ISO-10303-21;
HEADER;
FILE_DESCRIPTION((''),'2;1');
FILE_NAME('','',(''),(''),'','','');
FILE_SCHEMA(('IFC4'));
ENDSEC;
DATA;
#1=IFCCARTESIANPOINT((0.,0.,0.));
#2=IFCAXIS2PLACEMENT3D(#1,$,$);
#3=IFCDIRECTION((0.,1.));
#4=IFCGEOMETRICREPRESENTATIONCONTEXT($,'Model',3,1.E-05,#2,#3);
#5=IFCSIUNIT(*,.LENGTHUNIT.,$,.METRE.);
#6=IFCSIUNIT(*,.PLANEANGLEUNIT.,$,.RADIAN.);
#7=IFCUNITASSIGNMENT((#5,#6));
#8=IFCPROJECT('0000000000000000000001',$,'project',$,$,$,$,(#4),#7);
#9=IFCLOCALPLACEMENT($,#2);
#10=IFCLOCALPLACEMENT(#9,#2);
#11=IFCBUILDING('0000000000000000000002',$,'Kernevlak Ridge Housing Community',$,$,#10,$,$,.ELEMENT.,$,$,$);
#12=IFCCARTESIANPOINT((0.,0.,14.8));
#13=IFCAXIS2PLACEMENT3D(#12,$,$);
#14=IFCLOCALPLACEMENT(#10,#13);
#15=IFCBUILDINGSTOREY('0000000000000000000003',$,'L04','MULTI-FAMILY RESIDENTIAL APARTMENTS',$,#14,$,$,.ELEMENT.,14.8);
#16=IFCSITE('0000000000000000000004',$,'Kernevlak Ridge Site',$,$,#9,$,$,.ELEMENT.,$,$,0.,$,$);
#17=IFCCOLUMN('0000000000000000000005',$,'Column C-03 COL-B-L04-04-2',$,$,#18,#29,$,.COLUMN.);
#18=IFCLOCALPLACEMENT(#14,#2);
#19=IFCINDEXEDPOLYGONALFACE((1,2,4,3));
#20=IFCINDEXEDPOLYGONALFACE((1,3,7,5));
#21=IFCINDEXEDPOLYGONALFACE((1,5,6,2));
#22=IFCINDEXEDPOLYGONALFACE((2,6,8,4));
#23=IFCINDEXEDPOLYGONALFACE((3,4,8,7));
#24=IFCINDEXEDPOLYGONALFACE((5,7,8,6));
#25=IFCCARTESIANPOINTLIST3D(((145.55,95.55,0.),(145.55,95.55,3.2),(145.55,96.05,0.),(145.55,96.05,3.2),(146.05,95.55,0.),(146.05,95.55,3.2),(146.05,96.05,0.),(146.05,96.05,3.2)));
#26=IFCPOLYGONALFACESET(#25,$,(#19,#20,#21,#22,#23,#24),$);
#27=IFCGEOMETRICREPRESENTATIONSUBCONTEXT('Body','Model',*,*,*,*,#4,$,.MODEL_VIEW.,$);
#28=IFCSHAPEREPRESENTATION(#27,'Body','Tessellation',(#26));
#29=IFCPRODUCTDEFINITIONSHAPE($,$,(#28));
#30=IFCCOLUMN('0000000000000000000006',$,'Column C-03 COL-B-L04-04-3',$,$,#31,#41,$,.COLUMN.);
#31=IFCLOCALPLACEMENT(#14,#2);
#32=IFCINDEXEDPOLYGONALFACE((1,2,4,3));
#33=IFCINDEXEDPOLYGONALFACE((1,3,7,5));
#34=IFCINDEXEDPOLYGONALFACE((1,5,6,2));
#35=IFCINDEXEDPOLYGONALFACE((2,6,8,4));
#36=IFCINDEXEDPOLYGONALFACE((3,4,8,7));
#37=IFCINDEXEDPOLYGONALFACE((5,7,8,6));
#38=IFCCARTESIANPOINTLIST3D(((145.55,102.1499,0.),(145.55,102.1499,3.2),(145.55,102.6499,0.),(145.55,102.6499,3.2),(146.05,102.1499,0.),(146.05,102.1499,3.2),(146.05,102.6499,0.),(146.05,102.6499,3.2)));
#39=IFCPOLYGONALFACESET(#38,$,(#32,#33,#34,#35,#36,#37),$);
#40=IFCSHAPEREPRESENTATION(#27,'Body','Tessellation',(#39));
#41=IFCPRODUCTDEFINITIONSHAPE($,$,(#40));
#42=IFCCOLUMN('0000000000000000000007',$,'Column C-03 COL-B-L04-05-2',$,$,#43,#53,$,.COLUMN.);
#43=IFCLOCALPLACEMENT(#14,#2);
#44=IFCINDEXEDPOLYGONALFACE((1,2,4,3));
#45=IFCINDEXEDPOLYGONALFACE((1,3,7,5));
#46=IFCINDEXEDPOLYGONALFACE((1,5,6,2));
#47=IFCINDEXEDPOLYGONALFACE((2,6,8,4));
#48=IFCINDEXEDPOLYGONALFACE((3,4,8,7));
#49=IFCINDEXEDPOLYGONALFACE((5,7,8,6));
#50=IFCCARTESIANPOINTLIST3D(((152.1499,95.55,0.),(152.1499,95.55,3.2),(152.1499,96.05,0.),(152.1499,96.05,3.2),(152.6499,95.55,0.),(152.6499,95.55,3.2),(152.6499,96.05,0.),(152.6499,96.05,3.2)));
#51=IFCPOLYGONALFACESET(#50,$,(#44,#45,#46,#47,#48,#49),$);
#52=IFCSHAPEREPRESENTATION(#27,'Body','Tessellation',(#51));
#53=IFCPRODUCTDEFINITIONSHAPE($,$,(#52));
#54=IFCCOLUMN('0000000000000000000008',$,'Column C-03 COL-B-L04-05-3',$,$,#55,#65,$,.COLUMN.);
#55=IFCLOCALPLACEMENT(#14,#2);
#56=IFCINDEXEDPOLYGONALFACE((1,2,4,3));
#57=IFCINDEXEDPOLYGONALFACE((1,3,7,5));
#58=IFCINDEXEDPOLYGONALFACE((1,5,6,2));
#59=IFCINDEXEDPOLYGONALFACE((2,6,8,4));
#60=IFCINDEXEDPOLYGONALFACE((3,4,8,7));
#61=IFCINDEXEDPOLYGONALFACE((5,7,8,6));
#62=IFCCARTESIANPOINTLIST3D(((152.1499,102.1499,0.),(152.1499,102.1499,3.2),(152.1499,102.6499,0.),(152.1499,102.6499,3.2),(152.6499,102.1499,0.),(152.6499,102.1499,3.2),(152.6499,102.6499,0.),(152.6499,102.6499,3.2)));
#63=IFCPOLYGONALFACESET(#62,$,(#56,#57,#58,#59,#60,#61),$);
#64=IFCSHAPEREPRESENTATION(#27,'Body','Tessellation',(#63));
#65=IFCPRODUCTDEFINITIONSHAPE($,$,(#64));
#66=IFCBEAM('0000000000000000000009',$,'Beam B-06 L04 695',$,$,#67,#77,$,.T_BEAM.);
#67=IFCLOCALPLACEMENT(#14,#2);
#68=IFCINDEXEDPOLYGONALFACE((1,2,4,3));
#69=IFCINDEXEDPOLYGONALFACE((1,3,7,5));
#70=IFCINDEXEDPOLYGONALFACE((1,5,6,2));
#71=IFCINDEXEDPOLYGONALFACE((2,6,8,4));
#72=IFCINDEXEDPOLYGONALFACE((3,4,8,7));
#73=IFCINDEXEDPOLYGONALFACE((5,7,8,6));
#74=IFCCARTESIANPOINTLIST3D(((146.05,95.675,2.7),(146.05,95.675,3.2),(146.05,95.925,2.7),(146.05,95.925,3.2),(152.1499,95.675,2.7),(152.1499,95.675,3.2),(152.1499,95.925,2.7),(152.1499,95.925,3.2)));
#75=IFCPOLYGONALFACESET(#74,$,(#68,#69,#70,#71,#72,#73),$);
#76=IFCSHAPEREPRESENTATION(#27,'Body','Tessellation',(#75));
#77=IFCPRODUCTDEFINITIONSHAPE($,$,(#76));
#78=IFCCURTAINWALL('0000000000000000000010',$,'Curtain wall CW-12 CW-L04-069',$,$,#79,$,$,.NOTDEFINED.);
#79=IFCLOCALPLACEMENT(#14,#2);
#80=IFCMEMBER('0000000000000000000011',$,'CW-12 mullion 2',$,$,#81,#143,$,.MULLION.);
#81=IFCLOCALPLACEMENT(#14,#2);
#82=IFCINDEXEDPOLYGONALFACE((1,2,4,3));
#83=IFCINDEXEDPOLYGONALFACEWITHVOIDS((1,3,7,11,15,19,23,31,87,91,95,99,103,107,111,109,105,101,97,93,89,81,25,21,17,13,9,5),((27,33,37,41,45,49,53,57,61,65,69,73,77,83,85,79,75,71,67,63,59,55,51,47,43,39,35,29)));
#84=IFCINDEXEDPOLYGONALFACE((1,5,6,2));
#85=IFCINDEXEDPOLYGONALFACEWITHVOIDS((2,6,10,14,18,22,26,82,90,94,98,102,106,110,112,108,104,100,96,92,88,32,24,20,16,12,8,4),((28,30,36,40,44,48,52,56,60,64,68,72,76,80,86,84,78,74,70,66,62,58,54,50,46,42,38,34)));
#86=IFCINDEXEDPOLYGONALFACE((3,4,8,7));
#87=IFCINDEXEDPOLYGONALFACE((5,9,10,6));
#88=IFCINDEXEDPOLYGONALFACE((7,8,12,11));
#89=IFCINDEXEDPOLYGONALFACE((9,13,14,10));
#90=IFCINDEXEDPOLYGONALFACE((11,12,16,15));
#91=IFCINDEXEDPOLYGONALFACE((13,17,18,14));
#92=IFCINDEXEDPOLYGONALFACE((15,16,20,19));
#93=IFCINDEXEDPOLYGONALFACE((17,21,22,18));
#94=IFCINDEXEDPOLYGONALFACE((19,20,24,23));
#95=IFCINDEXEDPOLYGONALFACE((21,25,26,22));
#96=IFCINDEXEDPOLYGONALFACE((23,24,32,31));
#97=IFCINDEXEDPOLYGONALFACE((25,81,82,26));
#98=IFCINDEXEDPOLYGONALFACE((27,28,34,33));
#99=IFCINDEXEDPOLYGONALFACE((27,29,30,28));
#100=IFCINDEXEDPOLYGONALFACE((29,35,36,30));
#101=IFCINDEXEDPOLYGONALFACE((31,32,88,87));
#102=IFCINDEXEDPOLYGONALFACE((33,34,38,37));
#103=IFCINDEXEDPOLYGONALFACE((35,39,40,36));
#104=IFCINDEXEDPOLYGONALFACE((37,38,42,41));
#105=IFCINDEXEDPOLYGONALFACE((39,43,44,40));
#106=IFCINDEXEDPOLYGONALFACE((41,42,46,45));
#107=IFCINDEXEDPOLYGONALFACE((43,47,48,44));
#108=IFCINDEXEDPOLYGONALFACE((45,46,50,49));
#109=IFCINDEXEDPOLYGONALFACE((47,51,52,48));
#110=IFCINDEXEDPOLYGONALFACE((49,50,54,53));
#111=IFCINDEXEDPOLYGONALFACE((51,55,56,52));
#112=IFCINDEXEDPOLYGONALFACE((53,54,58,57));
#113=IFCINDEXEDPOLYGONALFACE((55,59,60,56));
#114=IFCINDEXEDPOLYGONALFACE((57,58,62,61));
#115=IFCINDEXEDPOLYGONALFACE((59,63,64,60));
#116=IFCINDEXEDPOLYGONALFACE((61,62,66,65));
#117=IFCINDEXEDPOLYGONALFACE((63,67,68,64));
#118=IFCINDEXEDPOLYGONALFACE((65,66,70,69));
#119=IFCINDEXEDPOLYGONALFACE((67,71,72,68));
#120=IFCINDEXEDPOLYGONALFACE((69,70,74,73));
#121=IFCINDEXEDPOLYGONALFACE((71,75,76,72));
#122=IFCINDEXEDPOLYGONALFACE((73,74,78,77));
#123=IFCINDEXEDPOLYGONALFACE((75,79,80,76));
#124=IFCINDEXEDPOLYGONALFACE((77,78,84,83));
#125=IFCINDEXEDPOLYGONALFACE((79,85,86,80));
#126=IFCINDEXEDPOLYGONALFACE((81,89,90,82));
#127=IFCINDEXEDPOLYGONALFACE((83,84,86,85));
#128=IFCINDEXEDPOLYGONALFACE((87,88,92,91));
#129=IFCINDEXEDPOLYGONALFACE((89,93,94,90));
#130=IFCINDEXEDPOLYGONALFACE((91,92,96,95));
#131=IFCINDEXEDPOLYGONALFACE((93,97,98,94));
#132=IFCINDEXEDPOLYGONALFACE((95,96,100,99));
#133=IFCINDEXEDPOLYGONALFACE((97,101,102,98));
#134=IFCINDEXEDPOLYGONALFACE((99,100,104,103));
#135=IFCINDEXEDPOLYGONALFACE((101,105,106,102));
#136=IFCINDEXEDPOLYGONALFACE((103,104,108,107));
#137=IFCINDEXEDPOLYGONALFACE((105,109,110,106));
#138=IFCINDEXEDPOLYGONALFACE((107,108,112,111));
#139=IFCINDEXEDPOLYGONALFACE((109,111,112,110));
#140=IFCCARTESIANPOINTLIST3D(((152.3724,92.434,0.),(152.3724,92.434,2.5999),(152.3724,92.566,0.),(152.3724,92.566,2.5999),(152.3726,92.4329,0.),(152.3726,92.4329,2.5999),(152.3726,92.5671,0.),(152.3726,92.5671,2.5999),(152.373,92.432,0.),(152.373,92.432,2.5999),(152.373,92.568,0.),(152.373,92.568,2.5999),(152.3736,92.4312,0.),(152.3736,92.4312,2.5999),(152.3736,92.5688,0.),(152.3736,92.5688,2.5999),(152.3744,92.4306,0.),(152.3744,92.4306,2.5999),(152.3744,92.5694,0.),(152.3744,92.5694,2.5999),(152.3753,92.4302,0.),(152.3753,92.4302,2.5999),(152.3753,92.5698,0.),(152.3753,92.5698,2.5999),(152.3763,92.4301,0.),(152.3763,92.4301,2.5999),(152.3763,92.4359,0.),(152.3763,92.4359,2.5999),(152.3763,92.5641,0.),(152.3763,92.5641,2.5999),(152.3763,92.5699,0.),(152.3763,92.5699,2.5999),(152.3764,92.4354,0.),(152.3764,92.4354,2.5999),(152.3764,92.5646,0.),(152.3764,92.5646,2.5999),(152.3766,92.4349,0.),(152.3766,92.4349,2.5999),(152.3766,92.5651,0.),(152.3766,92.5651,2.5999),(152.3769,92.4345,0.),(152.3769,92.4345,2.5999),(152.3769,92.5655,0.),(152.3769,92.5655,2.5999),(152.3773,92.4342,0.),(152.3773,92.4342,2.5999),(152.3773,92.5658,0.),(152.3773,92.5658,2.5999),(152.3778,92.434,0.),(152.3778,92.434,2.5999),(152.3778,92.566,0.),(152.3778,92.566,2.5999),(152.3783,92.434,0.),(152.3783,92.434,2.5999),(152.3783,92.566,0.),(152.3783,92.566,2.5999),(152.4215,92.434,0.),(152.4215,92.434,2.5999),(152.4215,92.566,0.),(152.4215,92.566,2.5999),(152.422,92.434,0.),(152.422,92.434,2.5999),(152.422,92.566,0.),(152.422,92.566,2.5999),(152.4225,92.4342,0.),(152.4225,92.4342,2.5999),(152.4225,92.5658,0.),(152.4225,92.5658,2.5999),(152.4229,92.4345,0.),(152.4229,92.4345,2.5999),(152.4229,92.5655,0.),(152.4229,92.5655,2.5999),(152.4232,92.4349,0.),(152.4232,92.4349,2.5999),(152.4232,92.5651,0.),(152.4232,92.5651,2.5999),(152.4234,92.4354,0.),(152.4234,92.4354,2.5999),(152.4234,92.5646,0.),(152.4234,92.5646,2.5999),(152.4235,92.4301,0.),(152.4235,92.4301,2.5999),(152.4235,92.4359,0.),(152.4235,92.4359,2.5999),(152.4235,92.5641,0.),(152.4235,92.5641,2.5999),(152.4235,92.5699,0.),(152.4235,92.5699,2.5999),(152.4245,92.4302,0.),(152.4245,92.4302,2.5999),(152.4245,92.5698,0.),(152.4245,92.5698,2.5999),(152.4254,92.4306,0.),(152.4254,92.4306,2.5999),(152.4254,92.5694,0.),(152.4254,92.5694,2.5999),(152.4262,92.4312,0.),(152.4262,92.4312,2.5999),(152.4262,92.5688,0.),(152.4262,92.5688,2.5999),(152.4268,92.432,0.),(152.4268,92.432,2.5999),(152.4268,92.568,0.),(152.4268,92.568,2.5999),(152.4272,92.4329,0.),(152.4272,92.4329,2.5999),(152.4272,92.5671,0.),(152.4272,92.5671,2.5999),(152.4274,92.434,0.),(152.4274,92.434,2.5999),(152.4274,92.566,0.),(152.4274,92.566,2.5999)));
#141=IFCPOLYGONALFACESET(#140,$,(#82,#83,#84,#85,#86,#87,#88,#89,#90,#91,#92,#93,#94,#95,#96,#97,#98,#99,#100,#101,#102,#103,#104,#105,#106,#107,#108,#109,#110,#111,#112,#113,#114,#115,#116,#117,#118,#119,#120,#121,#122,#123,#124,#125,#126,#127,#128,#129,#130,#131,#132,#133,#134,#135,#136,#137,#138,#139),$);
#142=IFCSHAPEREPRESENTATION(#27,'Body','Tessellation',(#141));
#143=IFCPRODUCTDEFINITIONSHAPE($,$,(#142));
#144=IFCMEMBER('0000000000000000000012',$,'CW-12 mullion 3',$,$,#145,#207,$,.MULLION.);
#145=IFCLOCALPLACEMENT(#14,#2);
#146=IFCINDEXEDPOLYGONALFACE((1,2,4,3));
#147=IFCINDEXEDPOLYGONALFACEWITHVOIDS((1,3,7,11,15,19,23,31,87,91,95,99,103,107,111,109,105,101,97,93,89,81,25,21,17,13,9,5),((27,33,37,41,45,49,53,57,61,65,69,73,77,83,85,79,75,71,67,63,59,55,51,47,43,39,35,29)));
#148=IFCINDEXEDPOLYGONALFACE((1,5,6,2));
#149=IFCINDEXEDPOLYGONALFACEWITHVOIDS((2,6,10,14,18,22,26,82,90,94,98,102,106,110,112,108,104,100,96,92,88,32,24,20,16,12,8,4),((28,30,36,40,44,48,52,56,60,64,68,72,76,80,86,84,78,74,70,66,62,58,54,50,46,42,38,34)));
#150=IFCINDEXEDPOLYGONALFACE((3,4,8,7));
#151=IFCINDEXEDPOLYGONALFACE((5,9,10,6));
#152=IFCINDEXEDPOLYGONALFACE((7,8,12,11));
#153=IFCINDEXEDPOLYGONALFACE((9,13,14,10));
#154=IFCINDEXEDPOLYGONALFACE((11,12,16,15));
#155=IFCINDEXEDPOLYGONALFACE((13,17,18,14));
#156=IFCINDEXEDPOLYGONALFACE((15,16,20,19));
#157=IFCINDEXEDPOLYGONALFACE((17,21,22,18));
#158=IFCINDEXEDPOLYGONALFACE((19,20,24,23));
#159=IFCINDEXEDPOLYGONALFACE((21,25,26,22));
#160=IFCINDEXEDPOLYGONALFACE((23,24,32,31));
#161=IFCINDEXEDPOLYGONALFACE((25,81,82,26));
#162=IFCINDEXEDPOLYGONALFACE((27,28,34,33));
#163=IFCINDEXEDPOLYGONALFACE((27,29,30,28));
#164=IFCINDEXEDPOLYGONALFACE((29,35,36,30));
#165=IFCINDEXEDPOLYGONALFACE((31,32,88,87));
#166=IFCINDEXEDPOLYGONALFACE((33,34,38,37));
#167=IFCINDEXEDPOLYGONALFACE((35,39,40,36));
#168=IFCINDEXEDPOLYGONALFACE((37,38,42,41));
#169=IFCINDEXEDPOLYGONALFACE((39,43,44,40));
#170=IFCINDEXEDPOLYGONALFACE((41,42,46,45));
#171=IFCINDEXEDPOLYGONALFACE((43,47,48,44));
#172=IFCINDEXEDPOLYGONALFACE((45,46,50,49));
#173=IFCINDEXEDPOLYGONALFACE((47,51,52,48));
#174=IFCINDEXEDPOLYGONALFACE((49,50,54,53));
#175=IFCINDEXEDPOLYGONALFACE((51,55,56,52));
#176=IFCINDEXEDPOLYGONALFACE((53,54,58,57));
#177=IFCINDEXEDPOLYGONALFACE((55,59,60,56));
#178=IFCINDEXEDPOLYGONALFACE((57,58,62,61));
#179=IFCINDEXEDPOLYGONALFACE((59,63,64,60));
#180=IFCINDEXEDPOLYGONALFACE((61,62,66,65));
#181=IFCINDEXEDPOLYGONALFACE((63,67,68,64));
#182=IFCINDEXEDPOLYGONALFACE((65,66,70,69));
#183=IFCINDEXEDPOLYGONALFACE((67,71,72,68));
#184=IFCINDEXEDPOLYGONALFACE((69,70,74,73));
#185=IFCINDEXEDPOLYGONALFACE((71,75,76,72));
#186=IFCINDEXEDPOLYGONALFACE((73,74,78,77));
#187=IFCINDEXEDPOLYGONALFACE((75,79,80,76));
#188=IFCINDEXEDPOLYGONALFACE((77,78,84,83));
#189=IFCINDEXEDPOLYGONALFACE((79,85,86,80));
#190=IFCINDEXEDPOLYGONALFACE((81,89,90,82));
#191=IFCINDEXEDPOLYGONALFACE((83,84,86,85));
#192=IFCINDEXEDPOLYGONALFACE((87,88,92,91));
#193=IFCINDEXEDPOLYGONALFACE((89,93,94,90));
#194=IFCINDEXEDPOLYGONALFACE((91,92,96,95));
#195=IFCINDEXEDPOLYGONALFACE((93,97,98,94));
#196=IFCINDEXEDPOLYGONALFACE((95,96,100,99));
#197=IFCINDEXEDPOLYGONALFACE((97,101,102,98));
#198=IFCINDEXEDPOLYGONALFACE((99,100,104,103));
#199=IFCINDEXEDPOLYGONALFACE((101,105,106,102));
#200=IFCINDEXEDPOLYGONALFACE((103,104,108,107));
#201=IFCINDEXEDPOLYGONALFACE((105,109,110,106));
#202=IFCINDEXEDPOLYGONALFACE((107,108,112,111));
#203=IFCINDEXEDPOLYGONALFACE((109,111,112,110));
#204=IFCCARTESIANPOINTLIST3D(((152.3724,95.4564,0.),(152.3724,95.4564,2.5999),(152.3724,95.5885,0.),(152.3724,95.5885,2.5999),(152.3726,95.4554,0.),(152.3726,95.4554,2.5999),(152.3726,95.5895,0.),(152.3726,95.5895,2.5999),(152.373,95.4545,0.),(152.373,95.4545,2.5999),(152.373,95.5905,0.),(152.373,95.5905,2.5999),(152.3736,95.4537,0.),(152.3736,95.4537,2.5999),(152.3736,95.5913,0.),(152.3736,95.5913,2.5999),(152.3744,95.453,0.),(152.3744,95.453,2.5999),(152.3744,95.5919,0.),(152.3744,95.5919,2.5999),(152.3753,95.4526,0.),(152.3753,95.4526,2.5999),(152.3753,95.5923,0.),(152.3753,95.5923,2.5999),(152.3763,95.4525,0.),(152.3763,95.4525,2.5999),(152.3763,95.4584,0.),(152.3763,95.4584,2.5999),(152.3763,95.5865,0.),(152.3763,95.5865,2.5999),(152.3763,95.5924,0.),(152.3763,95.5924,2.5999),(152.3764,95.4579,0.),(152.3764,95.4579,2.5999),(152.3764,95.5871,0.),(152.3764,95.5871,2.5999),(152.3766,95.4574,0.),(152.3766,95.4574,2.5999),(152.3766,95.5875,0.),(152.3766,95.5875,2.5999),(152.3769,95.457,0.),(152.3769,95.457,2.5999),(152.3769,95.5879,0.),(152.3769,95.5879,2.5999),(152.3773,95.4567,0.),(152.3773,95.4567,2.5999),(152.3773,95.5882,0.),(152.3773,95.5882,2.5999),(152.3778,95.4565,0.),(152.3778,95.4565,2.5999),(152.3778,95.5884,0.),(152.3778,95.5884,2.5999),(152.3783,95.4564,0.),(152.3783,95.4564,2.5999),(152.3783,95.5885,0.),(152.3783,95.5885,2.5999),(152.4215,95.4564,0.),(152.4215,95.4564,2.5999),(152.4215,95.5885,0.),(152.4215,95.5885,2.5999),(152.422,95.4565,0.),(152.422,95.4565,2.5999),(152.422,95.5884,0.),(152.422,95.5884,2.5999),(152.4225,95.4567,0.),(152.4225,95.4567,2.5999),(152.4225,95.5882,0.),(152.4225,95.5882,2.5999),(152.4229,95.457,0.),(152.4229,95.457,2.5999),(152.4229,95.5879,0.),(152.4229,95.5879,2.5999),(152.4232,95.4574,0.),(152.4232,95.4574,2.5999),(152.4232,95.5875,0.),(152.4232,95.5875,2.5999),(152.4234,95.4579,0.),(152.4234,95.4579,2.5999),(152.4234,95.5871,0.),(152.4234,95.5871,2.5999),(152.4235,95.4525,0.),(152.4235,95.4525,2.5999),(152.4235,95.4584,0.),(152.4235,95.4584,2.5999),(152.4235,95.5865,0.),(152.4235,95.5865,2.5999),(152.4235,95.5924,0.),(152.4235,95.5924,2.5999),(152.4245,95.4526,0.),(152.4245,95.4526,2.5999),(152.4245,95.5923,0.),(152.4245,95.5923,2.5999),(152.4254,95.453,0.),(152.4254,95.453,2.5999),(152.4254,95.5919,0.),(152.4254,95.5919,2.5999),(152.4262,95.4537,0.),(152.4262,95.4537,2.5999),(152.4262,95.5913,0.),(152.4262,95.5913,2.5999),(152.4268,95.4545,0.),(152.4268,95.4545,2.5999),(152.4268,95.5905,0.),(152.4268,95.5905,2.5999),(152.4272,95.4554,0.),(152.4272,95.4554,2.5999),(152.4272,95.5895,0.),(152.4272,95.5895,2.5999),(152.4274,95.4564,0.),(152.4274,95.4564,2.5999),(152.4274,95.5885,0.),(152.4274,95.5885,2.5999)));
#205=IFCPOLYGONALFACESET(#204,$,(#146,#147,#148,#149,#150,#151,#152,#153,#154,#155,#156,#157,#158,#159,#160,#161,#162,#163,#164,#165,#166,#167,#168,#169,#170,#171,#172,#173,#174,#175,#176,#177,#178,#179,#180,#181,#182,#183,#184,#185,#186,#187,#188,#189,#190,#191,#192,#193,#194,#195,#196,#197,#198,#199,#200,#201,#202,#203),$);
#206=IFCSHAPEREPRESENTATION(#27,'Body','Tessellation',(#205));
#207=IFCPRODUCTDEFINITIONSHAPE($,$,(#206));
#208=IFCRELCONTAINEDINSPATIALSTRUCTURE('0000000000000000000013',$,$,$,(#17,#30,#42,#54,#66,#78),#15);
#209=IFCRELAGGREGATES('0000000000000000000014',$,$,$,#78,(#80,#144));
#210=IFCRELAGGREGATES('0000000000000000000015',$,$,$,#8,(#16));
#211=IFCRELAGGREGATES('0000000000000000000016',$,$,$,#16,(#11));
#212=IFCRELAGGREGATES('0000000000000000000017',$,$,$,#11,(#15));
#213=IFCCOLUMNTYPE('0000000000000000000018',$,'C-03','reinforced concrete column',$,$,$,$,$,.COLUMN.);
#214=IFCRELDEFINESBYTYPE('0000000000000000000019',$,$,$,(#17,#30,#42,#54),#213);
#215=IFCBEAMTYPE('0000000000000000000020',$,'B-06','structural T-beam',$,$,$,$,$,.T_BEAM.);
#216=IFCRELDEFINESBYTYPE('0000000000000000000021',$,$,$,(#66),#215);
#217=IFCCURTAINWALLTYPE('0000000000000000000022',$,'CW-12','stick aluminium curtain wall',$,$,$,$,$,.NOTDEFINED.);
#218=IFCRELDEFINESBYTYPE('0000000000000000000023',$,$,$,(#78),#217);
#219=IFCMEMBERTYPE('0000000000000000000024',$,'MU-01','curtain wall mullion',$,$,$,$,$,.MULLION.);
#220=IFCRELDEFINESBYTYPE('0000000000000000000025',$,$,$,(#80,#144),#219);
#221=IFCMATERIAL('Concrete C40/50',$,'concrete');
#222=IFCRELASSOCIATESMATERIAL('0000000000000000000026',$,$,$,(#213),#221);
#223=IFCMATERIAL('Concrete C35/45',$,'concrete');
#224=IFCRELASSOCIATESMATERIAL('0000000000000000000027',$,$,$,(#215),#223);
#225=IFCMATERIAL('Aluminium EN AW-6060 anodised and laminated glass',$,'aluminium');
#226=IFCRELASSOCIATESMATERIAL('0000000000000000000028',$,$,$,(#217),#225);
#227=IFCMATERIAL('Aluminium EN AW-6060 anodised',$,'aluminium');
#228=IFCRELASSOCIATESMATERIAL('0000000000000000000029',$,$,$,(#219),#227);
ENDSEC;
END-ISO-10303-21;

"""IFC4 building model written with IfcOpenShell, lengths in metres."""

from ifc_helpers import new_model, si_unit, direction, frame, origin, origin_2d, place, context, subcontext, project, spatial, rectangle, hollow_rectangle, extrude, material, material_profile, profile_set, type_object, element, aggregate, save


model = new_model("IFC4")

# Units and contexts
model_context = context("Model", 3, precision=1e-05, world=origin(), true_north=direction((0.0, 1.0)))
body_context = subcontext(model_context, "Body", "Model", "MODEL_VIEW")
ifc_project = project(units=[si_unit("LENGTHUNIT", "METRE"), si_unit("PLANEANGLEUNIT", "RADIAN")], contexts=[model_context])

# Site, building, storey
site_placement = place(None, origin())
site = spatial("IfcSite", under=ifc_project, at=site_placement, Name="Kernevlak Ridge Site", CompositionType="ELEMENT", RefElevation=0.0)
building_placement = place(site_placement, origin())
building = spatial("IfcBuilding", under=site, at=building_placement, Name="Kernevlak Ridge Housing Community", CompositionType="ELEMENT")
storey_placement = place(building_placement, frame((0.0, 0.0, 14.8)))
storey = spatial("IfcBuildingStorey", under=building, at=storey_placement, Name="L04", Description="MULTI-FAMILY RESIDENTIAL APARTMENTS", CompositionType="ELEMENT", Elevation=14.8)

# Columns
ifc_material_1 = material(Name="Concrete C40/50", Category="concrete")
ifc_material_profile_1 = material_profile(ifc_material_1, rectangle(XDim=0.5, YDim=0.5, at=origin_2d()), Name="RC 500x500")
ifc_profile_set_1 = profile_set([ifc_material_profile_1], Name="Concrete C40/50")
column_type = type_object("IfcColumnType", Name="C-03", Description="reinforced concrete column", PredefinedType="COLUMN", material=ifc_profile_set_1)
for number, where, z_axis, x_axis, name in (
    (1, (145.8, 95.8, 0.0), (0.0, 0.0, 1.0), (1.0, 0.0, 0.0), "Column C-03 COL-B-L04-04-2"),
    (2, (145.8, 102.3999, 0.0), (0.0, 0.0, 1.0), (1.0, 0.0, 0.0), "Column C-03 COL-B-L04-04-3"),
    (3, (152.3999, 95.8, 0.0), (0.0, 0.0, 1.0), (1.0, 0.0, 0.0), "Column C-03 COL-B-L04-05-2"),
    (4, (152.3999, 102.3999, 0.0), (0.0, 0.0, 1.0), (1.0, 0.0, 0.0), "Column C-03 COL-B-L04-05-3"),
):
    element("IfcColumn", number, at=place(storey_placement, frame(where, z_axis=z_axis, x_axis=x_axis)), inside=storey, type_object=column_type, Name=name, PredefinedType="COLUMN", context=body_context, shape_type="SweptSolid", body=[
        extrude(rectangle(XDim=0.5, YDim=0.5, at=origin_2d()), origin(), (0.0, 0.0, 1.0), 3.2),
    ])

# Beam
ifc_material_2 = material(Name="Concrete C35/45", Category="concrete")
ifc_material_profile_2 = material_profile(ifc_material_2, rectangle(XDim=0.25, YDim=0.5, at=origin_2d()), Name="RC 250x500")
ifc_profile_set_2 = profile_set([ifc_material_profile_2], Name="Concrete C35/45")
beam_type_1 = type_object("IfcBeamType", Name="B-06", Description="structural T-beam", PredefinedType="T_BEAM", material=ifc_profile_set_2)
beam_1_placement = place(storey_placement, frame((146.05, 95.8, 2.95), z_axis=(1.0, 0.0, 0.0), x_axis=(0.0, 1.0, 0.0)))
element("IfcBeam", 5, at=beam_1_placement, inside=storey, type_object=beam_type_1, Name="Beam B-06 L04 695", PredefinedType="T_BEAM", context=body_context, shape_type="SweptSolid", body=[
    extrude(rectangle(XDim=0.25, YDim=0.5, at=origin_2d()), origin(), (0.0, 0.0, 1.0), 6.0999),
])

# Curtain wall, members
ifc_material_3 = material(Name="Aluminium EN AW-6060 anodised and laminated glass", Category="aluminium")
curtain_wall_type = type_object("IfcCurtainWallType", Name="CW-12", Description="stick aluminium curtain wall", PredefinedType="NOTDEFINED", material=ifc_material_3)
curtain_wall_placement = place(storey_placement, origin())
curtain_wall = element("IfcCurtainWall", 6, at=curtain_wall_placement, inside=storey, type_object=curtain_wall_type, Name="Curtain wall CW-12 CW-L04-069", PredefinedType="NOTDEFINED")
ifc_material_4 = material(Name="Aluminium EN AW-6060 anodised", Category="aluminium")
ifc_material_profile_3 = material_profile(ifc_material_4, hollow_rectangle(XDim=0.0549, YDim=0.1399, WallThickness=0.0039, InnerFilletRadius=0.002, OuterFilletRadius=0.0039, at=origin_2d()), Name="ALU 55x140x4")
ifc_profile_set_3 = profile_set([ifc_material_profile_3], Name="Aluminium EN AW-6060 anodised")
member_type_1 = type_object("IfcMemberType", Name="MU-01", Description="curtain wall mullion", PredefinedType="MULLION", material=ifc_profile_set_3)
member_1_placement = place(storey_placement, frame((152.3999, 92.5, 0.0), z_axis=(0.0, 0.0, 1.0), x_axis=(-1.0, 0.0, 0.0)))
member_1 = element("IfcMember", 7, at=member_1_placement, type_object=member_type_1, Name="CW-12 mullion 2", PredefinedType="MULLION", context=body_context, shape_type="SweptSolid", body=[
    extrude(hollow_rectangle(XDim=0.0549, YDim=0.1399, WallThickness=0.0039, InnerFilletRadius=0.002, OuterFilletRadius=0.0039, at=origin_2d()), origin(), (0.0, 0.0, 1.0), 2.5999),
])
member_2_placement = place(storey_placement, frame((152.3999, 95.5225, 0.0), z_axis=(0.0, 0.0, 1.0), x_axis=(-1.0, 0.0, 0.0)))
member_2 = element("IfcMember", 8, at=member_2_placement, type_object=member_type_1, Name="CW-12 mullion 3", PredefinedType="MULLION", context=body_context, shape_type="SweptSolid", body=[
    extrude(hollow_rectangle(XDim=0.0549, YDim=0.1399, WallThickness=0.0039, InnerFilletRadius=0.002, OuterFilletRadius=0.0039, at=origin_2d()), origin(), (0.0, 0.0, 1.0), 2.5999),
])

aggregate(curtain_wall, [member_1, member_2])

save(model, "model.ifc")
